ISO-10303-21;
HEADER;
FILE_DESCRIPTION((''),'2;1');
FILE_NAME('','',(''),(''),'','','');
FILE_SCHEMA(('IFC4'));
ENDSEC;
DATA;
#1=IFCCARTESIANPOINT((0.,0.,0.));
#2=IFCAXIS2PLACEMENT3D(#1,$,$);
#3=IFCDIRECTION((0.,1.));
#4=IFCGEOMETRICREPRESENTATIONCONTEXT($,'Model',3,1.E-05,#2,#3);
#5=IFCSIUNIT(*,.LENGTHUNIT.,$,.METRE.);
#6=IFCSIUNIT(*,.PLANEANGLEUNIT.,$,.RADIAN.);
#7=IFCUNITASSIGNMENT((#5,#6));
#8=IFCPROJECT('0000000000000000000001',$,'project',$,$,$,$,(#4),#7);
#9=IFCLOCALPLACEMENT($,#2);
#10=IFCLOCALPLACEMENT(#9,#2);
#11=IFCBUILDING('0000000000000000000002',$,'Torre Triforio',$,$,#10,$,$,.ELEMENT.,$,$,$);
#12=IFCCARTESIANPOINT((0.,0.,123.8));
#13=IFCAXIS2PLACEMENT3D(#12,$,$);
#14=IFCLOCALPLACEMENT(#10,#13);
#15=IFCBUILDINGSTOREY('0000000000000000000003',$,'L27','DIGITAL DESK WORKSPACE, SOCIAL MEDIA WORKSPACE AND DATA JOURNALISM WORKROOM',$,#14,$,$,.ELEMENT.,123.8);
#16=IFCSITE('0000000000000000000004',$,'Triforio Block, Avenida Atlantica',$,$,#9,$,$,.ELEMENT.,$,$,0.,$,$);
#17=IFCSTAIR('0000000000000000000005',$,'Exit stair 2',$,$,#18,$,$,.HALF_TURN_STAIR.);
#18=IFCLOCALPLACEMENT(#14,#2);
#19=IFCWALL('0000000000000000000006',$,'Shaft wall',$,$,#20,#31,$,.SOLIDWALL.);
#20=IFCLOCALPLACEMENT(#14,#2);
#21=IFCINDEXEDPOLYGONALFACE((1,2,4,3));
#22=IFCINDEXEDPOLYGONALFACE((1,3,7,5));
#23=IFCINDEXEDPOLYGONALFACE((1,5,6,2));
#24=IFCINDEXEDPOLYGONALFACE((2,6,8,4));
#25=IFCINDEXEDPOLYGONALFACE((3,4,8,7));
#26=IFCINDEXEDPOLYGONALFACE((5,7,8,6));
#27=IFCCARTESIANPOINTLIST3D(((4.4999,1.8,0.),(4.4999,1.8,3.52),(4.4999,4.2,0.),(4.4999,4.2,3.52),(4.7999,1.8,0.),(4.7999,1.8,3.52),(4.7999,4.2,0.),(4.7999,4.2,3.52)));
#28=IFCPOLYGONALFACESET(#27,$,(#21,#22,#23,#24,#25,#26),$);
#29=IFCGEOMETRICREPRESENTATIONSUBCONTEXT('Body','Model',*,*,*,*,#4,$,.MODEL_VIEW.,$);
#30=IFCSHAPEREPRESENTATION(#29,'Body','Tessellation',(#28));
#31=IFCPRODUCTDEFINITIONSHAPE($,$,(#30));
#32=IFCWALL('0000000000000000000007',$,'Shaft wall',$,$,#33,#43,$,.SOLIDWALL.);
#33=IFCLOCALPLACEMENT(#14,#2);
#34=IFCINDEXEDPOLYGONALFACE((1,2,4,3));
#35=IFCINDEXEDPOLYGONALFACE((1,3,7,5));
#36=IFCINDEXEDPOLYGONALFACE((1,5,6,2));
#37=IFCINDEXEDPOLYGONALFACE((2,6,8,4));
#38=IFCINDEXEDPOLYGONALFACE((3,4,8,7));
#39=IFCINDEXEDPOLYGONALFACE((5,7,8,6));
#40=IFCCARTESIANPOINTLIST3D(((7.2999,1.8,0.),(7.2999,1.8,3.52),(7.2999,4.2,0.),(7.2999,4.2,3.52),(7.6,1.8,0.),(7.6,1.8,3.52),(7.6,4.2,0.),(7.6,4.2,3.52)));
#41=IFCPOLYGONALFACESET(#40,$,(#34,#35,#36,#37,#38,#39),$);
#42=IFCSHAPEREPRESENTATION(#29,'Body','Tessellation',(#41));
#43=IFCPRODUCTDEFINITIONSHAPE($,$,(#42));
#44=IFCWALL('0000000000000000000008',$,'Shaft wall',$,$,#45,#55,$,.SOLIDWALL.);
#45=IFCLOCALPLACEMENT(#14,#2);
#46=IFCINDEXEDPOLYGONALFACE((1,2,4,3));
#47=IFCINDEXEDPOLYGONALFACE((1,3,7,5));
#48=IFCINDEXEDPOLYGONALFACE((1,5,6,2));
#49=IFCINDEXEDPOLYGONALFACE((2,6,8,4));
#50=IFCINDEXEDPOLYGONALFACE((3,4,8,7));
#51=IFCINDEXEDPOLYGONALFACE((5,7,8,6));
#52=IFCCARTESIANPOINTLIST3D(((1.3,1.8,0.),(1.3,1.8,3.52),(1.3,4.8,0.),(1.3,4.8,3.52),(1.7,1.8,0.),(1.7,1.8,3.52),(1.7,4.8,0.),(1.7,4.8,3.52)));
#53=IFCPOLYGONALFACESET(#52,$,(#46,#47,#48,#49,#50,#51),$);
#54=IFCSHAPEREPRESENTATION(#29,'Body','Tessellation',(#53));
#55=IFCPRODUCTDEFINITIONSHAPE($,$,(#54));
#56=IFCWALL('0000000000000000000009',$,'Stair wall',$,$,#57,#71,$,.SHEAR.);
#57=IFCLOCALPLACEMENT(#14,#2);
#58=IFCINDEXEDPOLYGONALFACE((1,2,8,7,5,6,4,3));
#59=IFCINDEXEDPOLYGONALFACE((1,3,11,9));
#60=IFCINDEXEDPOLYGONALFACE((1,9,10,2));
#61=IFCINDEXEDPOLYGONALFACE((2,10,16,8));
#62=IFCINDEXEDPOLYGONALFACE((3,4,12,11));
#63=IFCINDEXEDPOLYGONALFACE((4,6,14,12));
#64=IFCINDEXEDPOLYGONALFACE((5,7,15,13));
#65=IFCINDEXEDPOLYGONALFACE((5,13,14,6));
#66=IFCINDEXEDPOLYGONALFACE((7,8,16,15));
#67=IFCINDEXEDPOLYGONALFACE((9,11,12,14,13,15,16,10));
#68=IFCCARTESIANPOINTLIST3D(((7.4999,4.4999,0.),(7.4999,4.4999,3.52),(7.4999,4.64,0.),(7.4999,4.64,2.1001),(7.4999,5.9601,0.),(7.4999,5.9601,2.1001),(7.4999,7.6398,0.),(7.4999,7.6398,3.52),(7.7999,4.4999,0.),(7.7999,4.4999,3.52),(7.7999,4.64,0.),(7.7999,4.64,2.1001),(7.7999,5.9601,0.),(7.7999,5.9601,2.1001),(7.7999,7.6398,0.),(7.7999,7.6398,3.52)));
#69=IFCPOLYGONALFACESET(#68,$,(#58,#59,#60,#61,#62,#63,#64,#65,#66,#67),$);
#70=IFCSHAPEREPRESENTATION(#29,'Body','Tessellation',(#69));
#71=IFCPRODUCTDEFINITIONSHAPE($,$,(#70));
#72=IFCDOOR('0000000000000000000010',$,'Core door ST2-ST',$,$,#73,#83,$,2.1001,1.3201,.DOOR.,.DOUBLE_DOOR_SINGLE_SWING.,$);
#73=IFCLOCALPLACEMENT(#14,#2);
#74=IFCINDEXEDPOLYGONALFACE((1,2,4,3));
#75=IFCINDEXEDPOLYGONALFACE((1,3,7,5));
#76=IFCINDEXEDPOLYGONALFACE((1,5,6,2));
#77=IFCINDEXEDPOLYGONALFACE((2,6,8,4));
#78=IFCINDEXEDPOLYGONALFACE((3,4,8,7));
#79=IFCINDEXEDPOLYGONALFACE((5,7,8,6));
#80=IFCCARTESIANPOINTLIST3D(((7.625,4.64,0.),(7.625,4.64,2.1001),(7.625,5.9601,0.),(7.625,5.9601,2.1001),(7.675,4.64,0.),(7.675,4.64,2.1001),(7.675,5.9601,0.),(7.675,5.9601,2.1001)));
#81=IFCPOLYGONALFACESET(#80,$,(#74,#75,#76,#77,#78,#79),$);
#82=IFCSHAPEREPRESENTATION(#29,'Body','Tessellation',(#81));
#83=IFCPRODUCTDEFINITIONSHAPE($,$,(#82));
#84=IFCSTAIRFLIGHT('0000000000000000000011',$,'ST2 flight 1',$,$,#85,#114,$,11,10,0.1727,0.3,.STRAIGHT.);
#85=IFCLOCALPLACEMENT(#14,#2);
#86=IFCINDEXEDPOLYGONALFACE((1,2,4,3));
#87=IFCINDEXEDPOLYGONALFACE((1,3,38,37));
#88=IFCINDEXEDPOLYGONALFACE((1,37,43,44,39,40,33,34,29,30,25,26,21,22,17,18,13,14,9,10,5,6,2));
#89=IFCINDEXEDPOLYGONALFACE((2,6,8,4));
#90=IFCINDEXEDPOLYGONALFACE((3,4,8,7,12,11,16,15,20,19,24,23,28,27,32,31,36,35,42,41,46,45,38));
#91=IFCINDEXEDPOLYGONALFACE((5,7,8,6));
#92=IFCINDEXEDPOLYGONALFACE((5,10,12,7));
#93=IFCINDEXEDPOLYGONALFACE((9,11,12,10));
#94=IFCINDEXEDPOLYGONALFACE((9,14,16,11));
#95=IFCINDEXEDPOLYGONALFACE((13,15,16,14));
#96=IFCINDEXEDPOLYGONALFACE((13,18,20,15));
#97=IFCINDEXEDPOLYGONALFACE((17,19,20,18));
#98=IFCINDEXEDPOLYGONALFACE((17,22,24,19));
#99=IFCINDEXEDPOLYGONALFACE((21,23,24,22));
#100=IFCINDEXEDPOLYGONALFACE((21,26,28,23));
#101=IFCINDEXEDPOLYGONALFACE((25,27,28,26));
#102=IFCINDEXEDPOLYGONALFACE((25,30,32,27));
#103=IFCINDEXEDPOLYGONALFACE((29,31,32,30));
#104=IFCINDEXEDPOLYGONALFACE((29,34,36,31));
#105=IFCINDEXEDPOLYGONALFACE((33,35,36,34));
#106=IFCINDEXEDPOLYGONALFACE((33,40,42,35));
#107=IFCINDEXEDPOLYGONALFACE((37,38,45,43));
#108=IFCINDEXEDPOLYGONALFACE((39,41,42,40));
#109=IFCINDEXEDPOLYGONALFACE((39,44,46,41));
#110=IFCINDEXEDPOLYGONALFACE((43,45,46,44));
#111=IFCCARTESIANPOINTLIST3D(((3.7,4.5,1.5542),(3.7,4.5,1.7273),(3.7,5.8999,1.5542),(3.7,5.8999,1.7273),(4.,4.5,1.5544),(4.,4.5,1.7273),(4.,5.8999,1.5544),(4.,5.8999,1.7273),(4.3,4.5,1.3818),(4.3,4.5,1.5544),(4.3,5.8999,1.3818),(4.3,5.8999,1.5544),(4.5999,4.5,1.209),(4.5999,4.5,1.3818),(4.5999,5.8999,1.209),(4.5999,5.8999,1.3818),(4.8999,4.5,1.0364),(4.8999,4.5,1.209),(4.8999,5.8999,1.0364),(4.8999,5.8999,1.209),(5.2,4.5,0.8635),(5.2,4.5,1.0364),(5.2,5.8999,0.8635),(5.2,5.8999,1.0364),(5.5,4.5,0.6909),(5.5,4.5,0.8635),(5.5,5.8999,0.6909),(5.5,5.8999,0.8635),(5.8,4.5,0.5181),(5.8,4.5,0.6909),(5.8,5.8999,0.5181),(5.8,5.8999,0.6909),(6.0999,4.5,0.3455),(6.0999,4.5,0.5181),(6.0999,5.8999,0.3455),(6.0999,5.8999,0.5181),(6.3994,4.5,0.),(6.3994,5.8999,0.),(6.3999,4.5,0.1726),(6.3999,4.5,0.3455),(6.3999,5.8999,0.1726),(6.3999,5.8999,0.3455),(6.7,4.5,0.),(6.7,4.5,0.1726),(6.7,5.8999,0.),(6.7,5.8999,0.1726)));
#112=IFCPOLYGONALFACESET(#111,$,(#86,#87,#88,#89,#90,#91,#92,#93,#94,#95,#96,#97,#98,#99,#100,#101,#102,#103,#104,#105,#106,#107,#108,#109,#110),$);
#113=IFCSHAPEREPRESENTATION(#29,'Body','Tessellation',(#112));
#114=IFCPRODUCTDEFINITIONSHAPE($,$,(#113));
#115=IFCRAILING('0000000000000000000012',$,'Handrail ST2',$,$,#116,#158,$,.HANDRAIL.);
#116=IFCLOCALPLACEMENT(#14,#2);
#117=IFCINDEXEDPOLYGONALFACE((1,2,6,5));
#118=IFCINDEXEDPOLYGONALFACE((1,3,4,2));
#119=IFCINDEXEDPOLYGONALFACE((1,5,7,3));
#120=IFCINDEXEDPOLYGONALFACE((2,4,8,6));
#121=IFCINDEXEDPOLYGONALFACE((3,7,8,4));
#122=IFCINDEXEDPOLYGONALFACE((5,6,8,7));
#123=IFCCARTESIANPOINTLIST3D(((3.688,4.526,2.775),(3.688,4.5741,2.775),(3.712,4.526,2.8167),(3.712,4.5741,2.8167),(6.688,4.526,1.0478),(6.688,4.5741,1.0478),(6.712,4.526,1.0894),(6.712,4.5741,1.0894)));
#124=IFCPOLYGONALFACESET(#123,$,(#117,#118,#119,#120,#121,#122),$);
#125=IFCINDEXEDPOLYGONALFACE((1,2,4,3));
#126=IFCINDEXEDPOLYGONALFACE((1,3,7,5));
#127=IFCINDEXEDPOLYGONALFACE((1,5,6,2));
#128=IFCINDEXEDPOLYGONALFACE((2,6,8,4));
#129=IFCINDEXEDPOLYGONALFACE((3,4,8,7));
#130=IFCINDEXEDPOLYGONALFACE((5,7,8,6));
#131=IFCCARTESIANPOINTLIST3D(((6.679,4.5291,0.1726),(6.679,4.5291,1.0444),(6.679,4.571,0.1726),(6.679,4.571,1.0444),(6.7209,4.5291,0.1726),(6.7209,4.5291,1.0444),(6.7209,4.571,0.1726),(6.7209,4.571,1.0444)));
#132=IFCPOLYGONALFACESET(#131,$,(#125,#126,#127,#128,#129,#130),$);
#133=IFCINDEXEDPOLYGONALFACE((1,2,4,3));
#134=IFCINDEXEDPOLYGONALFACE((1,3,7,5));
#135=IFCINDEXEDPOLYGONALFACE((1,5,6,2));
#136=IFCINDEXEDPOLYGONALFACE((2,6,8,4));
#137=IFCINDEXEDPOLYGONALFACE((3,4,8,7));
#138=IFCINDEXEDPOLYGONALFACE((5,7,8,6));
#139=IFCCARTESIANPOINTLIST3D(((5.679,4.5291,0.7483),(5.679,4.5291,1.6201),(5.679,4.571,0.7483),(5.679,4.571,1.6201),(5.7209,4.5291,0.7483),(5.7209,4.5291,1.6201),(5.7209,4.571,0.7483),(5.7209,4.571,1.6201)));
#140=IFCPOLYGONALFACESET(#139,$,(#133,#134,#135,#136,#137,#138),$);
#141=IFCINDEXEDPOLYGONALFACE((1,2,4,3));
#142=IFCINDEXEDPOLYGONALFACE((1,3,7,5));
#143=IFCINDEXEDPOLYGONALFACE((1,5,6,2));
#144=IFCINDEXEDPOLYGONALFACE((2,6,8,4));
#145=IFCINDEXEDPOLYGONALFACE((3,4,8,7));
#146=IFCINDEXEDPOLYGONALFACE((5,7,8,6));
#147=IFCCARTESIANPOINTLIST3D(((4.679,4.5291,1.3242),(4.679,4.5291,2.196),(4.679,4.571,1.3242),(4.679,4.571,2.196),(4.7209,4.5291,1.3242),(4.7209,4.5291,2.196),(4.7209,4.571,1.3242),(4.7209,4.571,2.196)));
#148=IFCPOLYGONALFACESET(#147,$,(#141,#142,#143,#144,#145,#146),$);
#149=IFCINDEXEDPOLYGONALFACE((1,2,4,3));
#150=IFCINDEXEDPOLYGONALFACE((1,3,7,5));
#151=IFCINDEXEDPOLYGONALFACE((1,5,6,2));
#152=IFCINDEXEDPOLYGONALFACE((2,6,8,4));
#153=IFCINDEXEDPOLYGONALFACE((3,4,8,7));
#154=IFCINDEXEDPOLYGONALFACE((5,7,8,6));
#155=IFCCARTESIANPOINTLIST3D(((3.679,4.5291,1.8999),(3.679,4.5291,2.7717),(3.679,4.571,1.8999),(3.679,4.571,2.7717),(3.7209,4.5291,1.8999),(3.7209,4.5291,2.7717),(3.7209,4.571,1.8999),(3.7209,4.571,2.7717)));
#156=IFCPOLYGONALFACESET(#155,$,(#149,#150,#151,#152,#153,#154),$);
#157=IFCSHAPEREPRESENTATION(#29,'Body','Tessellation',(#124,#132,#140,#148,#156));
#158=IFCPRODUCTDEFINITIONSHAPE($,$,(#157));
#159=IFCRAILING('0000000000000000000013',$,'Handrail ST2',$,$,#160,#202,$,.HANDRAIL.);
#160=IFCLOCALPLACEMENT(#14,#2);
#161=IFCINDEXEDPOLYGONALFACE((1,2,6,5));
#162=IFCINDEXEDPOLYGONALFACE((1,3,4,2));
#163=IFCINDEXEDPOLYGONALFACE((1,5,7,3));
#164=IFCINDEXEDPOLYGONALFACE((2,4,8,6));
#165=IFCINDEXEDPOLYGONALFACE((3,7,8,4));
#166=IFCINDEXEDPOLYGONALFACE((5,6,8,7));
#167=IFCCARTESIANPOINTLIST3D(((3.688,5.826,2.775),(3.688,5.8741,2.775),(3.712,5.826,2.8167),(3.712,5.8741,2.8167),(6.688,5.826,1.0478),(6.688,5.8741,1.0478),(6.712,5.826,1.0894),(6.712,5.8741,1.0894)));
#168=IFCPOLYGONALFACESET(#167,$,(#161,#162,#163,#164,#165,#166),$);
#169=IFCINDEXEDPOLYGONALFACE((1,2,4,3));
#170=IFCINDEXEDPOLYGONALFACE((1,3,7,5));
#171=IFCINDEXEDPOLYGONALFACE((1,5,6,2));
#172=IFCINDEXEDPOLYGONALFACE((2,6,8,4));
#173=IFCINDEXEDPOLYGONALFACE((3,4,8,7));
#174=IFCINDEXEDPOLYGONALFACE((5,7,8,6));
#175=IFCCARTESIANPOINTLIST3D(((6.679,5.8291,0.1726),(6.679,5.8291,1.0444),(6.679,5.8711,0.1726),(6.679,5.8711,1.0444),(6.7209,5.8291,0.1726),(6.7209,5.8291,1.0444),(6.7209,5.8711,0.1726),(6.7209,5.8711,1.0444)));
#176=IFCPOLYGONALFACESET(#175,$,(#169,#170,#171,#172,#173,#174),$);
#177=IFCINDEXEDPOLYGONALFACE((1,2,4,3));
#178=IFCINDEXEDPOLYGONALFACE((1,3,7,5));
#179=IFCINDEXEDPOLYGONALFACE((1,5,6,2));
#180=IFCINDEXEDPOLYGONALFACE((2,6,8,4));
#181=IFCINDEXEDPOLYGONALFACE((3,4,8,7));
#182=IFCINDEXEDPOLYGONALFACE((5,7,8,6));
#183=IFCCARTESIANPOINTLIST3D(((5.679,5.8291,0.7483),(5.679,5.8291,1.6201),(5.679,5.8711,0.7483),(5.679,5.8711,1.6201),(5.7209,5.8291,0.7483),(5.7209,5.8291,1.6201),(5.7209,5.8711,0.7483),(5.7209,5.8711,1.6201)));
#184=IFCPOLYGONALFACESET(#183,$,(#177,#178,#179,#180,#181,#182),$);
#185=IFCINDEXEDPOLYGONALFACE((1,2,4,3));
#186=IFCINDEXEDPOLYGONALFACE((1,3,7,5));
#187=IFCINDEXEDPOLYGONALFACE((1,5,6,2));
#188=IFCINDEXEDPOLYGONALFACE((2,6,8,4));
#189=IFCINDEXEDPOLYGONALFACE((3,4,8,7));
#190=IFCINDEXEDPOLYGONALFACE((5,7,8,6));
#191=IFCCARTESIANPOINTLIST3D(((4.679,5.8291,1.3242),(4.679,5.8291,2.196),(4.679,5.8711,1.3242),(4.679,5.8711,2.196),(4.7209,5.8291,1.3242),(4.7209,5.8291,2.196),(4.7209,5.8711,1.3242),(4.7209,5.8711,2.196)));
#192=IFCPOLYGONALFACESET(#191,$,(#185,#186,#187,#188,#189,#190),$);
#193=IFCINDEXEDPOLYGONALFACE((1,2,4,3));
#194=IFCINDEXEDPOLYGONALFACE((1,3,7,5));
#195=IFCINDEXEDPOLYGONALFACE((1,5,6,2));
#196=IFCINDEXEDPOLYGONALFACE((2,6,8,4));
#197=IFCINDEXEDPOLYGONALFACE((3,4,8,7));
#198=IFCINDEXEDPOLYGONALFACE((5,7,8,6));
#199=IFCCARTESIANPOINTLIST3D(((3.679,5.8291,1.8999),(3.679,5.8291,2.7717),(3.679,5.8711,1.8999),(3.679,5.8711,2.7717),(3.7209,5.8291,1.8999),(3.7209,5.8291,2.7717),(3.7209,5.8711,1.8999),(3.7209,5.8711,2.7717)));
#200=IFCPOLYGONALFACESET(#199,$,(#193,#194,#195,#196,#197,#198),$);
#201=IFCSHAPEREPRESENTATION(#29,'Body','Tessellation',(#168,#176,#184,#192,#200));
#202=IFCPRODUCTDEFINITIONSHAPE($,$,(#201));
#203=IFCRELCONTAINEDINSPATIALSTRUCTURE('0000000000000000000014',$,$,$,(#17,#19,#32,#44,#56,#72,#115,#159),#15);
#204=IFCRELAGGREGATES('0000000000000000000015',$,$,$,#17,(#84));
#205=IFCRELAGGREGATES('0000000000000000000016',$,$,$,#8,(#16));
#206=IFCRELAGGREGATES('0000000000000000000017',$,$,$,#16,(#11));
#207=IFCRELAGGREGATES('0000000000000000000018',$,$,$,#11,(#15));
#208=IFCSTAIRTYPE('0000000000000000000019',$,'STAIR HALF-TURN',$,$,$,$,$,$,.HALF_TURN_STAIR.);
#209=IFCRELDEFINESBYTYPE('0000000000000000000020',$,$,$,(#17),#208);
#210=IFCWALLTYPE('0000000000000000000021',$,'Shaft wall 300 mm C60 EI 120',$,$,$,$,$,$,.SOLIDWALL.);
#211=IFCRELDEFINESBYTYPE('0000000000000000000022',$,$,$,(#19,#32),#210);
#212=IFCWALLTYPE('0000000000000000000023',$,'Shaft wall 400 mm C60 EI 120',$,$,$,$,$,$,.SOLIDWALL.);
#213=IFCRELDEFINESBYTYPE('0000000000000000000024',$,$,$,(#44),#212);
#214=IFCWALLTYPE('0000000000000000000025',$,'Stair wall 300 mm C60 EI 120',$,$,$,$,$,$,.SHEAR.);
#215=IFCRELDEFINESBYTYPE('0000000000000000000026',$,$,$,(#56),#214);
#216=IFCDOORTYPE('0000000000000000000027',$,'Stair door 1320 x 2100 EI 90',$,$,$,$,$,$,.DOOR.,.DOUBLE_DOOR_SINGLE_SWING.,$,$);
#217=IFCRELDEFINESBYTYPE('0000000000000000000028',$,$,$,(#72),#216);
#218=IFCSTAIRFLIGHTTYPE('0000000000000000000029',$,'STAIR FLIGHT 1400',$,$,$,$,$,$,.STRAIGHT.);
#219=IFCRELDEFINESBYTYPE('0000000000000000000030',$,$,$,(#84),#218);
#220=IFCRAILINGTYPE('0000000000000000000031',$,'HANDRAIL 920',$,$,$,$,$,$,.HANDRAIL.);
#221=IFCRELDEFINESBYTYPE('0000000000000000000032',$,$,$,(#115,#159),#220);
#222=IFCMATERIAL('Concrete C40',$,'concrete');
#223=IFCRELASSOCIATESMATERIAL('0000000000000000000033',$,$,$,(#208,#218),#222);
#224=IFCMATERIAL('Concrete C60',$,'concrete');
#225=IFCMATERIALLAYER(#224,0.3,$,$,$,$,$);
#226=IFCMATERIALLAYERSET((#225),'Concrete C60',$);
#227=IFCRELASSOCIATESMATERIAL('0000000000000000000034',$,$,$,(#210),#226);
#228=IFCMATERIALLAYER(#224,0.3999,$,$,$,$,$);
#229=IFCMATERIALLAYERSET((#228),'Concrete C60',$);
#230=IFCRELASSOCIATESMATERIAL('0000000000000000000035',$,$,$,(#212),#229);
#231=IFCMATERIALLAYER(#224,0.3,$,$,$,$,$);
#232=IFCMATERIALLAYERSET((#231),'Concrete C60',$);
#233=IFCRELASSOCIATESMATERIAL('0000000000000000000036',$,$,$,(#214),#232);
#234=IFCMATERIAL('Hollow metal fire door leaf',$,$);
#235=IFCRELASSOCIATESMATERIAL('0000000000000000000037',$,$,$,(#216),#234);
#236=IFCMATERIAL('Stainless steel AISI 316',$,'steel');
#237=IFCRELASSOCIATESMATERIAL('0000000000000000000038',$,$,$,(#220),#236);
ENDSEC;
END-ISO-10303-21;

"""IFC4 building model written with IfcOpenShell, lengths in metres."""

from ifc_helpers import new_model, si_unit, direction, frame, frame_2d, origin, origin_2d, place, context, subcontext, project, spatial, polyline, rectangle, outline, extrude, material, layer, layer_set, type_object, element, fill, aggregate, save


model = new_model("IFC4")

# Units and contexts
model_context = context("Model", 3, precision=1e-05, world=origin(), true_north=direction((0.0, 1.0)))
body_context = subcontext(model_context, "Body", "Model", "MODEL_VIEW")
ifc_project = project(units=[si_unit("LENGTHUNIT", "METRE"), si_unit("PLANEANGLEUNIT", "RADIAN")], contexts=[model_context])

# Site, building, storey
site_placement = place(None, origin())
site = spatial("IfcSite", under=ifc_project, at=site_placement, Name="Triforio Block, Avenida Atlantica", CompositionType="ELEMENT", RefElevation=0.0)
building_placement = place(site_placement, origin())
building = spatial("IfcBuilding", under=site, at=building_placement, Name="Torre Triforio", CompositionType="ELEMENT")
storey_placement = place(building_placement, frame((0.0, 0.0, 123.8)))
storey = spatial("IfcBuildingStorey", under=building, at=storey_placement, Name="L27", Description="DIGITAL DESK WORKSPACE, SOCIAL MEDIA WORKSPACE AND DATA JOURNALISM WORKROOM", CompositionType="ELEMENT", Elevation=123.8)

# Shared definitions
ifc_material_1 = material(Name="Concrete C60", Category="concrete")

# Stair
ifc_material_2 = material(Name="Concrete C40", Category="concrete")
stair_type = type_object("IfcStairType", Name="STAIR HALF-TURN", PredefinedType="HALF_TURN_STAIR", material=ifc_material_2)
stair_1_placement = place(storey_placement, origin())
stair_1 = element("IfcStair", 1, at=stair_1_placement, inside=storey, type_object=stair_type, Name="Exit stair 2", PredefinedType="HALF_TURN_STAIR")

# Walls
ifc_layer_1 = layer(ifc_material_1, 0.3)
ifc_layer_set_1 = layer_set([ifc_layer_1], Name="Concrete C60")
wall_type_1 = type_object("IfcWallType", Name="Shaft wall 300 mm C60 EI 120", PredefinedType="SOLIDWALL", material=ifc_layer_set_1)
for number, where, z_axis, x_axis, name in (
    (2, (4.6499, 1.8, 0.0), (0.0, 0.0, 1.0), (0.0, 1.0, 0.0), "Shaft wall"),
    (3, (7.45, 1.8, 0.0), (0.0, 0.0, 1.0), (0.0, 1.0, 0.0), "Shaft wall"),
):
    element("IfcWall", number, at=place(storey_placement, frame(where, z_axis=z_axis, x_axis=x_axis)), inside=storey, type_object=wall_type_1, Name=name, PredefinedType="SOLIDWALL", context=body_context, shape_type="SweptSolid", body=[
        extrude(rectangle(XDim=2.3999, YDim=0.3, at=frame_2d((1.2, 0.0))), origin(), (0.0, 0.0, 1.0), 3.52),
    ])
ifc_layer_2 = layer(ifc_material_1, 0.3999)
ifc_layer_set_2 = layer_set([ifc_layer_2], Name="Concrete C60")
wall_type_2 = type_object("IfcWallType", Name="Shaft wall 400 mm C60 EI 120", PredefinedType="SOLIDWALL", material=ifc_layer_set_2)
wall_1_placement = place(storey_placement, frame((1.5, 1.8, 0.0), z_axis=(0.0, 0.0, 1.0), x_axis=(0.0, 1.0, 0.0)))
element("IfcWall", 4, at=wall_1_placement, inside=storey, type_object=wall_type_2, Name="Shaft wall", PredefinedType="SOLIDWALL", context=body_context, shape_type="SweptSolid", body=[
    extrude(rectangle(XDim=3.0, YDim=0.3999, at=frame_2d((1.5, 0.0))), origin(), (0.0, 0.0, 1.0), 3.52),
])

# Wall, opening, door
ifc_layer_3 = layer(ifc_material_1, 0.3)
ifc_layer_set_3 = layer_set([ifc_layer_3], Name="Concrete C60")
wall_type_3 = type_object("IfcWallType", Name="Stair wall 300 mm C60 EI 120", PredefinedType="SHEAR", material=ifc_layer_set_3)
wall_2_placement = place(storey_placement, frame((7.6499, 4.5, 0.0), z_axis=(0.0, 0.0, 1.0), x_axis=(0.0, 1.0, 0.0)))
wall_2 = element("IfcWall", 5, at=wall_2_placement, inside=storey, type_object=wall_type_3, Name="Stair wall", PredefinedType="SHEAR", context=body_context, shape_type="SweptSolid", body=[
    extrude(rectangle(XDim=3.1399, YDim=0.3, at=frame_2d((1.5698, 0.0))), origin(), (0.0, 0.0, 1.0), 3.52),
])
opening_placement = place(wall_2_placement, frame((0.1399, 0.0, 0.0)))
opening = element("IfcOpeningElement", 6, at=opening_placement, cuts=wall_2, PredefinedType="OPENING", context=body_context, shape_type="SweptSolid", body=[
    extrude(rectangle(XDim=1.3201, YDim=2.1001, at=frame_2d((0.6602, 1.05))), frame((0.0, 0.1599, 0.0), z_axis=(0.0, -1.0, 0.0), x_axis=(1.0, 0.0, 0.0)), (0.0, 0.0, 1.0), 0.3201),
])
ifc_material_3 = material(Name="Hollow metal fire door leaf")
door_type = type_object("IfcDoorType", Name="Stair door 1320 x 2100 EI 90", OperationType="DOUBLE_DOOR_SINGLE_SWING", PredefinedType="DOOR", material=ifc_material_3)
door_placement = place(opening_placement, origin())
door = element("IfcDoor", 7, at=door_placement, inside=storey, type_object=door_type, Name="Core door ST2-ST", OperationType="DOUBLE_DOOR_SINGLE_SWING", OverallHeight=2.1001, OverallWidth=1.3201, PredefinedType="DOOR", context=body_context, shape_type="SweptSolid", body=[
    extrude(rectangle(XDim=1.3201, YDim=2.1001, at=frame_2d((0.6602, 1.05))), frame((0.0, 0.0249, 0.0), z_axis=(0.0, -1.0, 0.0), x_axis=(1.0, 0.0, 0.0)), (0.0, 0.0, 1.0), 0.05),
])
fill(opening, door)

# Stair flight
stair_flight_type = type_object("IfcStairFlightType", Name="STAIR FLIGHT 1400", PredefinedType="STRAIGHT", material=ifc_material_2)
stair_flight_placement = place(storey_placement, frame((6.7, 5.2, 0.0), z_axis=(0.0, 0.0, 1.0), x_axis=(-1.0, 0.0, 0.0)))
stair_flight = element("IfcStairFlight", 8, at=stair_flight_placement, type_object=stair_flight_type, Name="ST2 flight 1", NumberOfRisers=11, NumberOfTreads=10, PredefinedType="STRAIGHT", RiserHeight=0.1727, TreadLength=0.3, context=body_context, shape_type="SweptSolid", body=[
    extrude(outline(polyline([(0.0, 0.0), (0.0, 0.1726), (0.3, 0.1726), (0.3, 0.3455), (0.6001, 0.3455), (0.6001, 0.5181), (0.8999, 0.5181), (0.8999, 0.6909), (1.2, 0.6909), (1.2, 0.8635), (1.5, 0.8635), (1.5, 1.0364), (1.8, 1.0364), (1.8, 1.209), (2.1001, 1.209), (2.1001, 1.3818), (2.3999, 1.3818), (2.3999, 1.5544), (2.7, 1.5544), (2.7, 1.7273), (3.0, 1.7273), (3.0, 1.8999), (3.0, 1.5542), (0.3005, 0.0), (0.0, 0.0)])), frame((0.0, 0.7, 0.0), z_axis=(0.0, -1.0, 0.0), x_axis=(1.0, 0.0, 0.0)), (0.0, 0.0, 1.0), 1.3999),
])
aggregate(stair_1, [stair_flight])

# Railings
ifc_material_4 = material(Name="Stainless steel AISI 316", Category="steel")
railing_type = type_object("IfcRailingType", Name="HANDRAIL 920", PredefinedType="HANDRAIL", material=ifc_material_4)
for number, where, name in (
    (9, (6.7, 4.55, 0.1726), "Handrail ST2"),
    (10, (6.7, 5.8501, 0.1726), "Handrail ST2"),
):
    element("IfcRailing", number, at=place(storey_placement, frame(where)), inside=storey, type_object=railing_type, Name=name, PredefinedType="HANDRAIL", context=body_context, shape_type="SweptSolid", body=[
        extrude(rectangle(XDim=0.0481, YDim=0.0481, at=origin_2d()), frame((0.0, 0.0, 0.896), z_axis=(-0.86662, 0.0, 0.498969), x_axis=(0.0, -1.0, 0.0)), (0.0, 0.0, 1.0), 3.4617),
        extrude(rectangle(XDim=0.042, YDim=0.042, at=origin_2d()), origin(), (0.0, 0.0, 1.0), 0.8718),
        extrude(rectangle(XDim=0.042, YDim=0.042, at=origin_2d()), frame((-1.0, 0.0, 0.5757)), (0.0, 0.0, 1.0), 0.8718),
        extrude(rectangle(XDim=0.042, YDim=0.042, at=origin_2d()), frame((-2.0, 0.0, 1.1516)), (0.0, 0.0, 1.0), 0.8718),
        extrude(rectangle(XDim=0.042, YDim=0.042, at=origin_2d()), frame((-3.0, 0.0, 1.7273)), (0.0, 0.0, 1.0), 0.8718),
    ])

save(model, "model.ifc")
